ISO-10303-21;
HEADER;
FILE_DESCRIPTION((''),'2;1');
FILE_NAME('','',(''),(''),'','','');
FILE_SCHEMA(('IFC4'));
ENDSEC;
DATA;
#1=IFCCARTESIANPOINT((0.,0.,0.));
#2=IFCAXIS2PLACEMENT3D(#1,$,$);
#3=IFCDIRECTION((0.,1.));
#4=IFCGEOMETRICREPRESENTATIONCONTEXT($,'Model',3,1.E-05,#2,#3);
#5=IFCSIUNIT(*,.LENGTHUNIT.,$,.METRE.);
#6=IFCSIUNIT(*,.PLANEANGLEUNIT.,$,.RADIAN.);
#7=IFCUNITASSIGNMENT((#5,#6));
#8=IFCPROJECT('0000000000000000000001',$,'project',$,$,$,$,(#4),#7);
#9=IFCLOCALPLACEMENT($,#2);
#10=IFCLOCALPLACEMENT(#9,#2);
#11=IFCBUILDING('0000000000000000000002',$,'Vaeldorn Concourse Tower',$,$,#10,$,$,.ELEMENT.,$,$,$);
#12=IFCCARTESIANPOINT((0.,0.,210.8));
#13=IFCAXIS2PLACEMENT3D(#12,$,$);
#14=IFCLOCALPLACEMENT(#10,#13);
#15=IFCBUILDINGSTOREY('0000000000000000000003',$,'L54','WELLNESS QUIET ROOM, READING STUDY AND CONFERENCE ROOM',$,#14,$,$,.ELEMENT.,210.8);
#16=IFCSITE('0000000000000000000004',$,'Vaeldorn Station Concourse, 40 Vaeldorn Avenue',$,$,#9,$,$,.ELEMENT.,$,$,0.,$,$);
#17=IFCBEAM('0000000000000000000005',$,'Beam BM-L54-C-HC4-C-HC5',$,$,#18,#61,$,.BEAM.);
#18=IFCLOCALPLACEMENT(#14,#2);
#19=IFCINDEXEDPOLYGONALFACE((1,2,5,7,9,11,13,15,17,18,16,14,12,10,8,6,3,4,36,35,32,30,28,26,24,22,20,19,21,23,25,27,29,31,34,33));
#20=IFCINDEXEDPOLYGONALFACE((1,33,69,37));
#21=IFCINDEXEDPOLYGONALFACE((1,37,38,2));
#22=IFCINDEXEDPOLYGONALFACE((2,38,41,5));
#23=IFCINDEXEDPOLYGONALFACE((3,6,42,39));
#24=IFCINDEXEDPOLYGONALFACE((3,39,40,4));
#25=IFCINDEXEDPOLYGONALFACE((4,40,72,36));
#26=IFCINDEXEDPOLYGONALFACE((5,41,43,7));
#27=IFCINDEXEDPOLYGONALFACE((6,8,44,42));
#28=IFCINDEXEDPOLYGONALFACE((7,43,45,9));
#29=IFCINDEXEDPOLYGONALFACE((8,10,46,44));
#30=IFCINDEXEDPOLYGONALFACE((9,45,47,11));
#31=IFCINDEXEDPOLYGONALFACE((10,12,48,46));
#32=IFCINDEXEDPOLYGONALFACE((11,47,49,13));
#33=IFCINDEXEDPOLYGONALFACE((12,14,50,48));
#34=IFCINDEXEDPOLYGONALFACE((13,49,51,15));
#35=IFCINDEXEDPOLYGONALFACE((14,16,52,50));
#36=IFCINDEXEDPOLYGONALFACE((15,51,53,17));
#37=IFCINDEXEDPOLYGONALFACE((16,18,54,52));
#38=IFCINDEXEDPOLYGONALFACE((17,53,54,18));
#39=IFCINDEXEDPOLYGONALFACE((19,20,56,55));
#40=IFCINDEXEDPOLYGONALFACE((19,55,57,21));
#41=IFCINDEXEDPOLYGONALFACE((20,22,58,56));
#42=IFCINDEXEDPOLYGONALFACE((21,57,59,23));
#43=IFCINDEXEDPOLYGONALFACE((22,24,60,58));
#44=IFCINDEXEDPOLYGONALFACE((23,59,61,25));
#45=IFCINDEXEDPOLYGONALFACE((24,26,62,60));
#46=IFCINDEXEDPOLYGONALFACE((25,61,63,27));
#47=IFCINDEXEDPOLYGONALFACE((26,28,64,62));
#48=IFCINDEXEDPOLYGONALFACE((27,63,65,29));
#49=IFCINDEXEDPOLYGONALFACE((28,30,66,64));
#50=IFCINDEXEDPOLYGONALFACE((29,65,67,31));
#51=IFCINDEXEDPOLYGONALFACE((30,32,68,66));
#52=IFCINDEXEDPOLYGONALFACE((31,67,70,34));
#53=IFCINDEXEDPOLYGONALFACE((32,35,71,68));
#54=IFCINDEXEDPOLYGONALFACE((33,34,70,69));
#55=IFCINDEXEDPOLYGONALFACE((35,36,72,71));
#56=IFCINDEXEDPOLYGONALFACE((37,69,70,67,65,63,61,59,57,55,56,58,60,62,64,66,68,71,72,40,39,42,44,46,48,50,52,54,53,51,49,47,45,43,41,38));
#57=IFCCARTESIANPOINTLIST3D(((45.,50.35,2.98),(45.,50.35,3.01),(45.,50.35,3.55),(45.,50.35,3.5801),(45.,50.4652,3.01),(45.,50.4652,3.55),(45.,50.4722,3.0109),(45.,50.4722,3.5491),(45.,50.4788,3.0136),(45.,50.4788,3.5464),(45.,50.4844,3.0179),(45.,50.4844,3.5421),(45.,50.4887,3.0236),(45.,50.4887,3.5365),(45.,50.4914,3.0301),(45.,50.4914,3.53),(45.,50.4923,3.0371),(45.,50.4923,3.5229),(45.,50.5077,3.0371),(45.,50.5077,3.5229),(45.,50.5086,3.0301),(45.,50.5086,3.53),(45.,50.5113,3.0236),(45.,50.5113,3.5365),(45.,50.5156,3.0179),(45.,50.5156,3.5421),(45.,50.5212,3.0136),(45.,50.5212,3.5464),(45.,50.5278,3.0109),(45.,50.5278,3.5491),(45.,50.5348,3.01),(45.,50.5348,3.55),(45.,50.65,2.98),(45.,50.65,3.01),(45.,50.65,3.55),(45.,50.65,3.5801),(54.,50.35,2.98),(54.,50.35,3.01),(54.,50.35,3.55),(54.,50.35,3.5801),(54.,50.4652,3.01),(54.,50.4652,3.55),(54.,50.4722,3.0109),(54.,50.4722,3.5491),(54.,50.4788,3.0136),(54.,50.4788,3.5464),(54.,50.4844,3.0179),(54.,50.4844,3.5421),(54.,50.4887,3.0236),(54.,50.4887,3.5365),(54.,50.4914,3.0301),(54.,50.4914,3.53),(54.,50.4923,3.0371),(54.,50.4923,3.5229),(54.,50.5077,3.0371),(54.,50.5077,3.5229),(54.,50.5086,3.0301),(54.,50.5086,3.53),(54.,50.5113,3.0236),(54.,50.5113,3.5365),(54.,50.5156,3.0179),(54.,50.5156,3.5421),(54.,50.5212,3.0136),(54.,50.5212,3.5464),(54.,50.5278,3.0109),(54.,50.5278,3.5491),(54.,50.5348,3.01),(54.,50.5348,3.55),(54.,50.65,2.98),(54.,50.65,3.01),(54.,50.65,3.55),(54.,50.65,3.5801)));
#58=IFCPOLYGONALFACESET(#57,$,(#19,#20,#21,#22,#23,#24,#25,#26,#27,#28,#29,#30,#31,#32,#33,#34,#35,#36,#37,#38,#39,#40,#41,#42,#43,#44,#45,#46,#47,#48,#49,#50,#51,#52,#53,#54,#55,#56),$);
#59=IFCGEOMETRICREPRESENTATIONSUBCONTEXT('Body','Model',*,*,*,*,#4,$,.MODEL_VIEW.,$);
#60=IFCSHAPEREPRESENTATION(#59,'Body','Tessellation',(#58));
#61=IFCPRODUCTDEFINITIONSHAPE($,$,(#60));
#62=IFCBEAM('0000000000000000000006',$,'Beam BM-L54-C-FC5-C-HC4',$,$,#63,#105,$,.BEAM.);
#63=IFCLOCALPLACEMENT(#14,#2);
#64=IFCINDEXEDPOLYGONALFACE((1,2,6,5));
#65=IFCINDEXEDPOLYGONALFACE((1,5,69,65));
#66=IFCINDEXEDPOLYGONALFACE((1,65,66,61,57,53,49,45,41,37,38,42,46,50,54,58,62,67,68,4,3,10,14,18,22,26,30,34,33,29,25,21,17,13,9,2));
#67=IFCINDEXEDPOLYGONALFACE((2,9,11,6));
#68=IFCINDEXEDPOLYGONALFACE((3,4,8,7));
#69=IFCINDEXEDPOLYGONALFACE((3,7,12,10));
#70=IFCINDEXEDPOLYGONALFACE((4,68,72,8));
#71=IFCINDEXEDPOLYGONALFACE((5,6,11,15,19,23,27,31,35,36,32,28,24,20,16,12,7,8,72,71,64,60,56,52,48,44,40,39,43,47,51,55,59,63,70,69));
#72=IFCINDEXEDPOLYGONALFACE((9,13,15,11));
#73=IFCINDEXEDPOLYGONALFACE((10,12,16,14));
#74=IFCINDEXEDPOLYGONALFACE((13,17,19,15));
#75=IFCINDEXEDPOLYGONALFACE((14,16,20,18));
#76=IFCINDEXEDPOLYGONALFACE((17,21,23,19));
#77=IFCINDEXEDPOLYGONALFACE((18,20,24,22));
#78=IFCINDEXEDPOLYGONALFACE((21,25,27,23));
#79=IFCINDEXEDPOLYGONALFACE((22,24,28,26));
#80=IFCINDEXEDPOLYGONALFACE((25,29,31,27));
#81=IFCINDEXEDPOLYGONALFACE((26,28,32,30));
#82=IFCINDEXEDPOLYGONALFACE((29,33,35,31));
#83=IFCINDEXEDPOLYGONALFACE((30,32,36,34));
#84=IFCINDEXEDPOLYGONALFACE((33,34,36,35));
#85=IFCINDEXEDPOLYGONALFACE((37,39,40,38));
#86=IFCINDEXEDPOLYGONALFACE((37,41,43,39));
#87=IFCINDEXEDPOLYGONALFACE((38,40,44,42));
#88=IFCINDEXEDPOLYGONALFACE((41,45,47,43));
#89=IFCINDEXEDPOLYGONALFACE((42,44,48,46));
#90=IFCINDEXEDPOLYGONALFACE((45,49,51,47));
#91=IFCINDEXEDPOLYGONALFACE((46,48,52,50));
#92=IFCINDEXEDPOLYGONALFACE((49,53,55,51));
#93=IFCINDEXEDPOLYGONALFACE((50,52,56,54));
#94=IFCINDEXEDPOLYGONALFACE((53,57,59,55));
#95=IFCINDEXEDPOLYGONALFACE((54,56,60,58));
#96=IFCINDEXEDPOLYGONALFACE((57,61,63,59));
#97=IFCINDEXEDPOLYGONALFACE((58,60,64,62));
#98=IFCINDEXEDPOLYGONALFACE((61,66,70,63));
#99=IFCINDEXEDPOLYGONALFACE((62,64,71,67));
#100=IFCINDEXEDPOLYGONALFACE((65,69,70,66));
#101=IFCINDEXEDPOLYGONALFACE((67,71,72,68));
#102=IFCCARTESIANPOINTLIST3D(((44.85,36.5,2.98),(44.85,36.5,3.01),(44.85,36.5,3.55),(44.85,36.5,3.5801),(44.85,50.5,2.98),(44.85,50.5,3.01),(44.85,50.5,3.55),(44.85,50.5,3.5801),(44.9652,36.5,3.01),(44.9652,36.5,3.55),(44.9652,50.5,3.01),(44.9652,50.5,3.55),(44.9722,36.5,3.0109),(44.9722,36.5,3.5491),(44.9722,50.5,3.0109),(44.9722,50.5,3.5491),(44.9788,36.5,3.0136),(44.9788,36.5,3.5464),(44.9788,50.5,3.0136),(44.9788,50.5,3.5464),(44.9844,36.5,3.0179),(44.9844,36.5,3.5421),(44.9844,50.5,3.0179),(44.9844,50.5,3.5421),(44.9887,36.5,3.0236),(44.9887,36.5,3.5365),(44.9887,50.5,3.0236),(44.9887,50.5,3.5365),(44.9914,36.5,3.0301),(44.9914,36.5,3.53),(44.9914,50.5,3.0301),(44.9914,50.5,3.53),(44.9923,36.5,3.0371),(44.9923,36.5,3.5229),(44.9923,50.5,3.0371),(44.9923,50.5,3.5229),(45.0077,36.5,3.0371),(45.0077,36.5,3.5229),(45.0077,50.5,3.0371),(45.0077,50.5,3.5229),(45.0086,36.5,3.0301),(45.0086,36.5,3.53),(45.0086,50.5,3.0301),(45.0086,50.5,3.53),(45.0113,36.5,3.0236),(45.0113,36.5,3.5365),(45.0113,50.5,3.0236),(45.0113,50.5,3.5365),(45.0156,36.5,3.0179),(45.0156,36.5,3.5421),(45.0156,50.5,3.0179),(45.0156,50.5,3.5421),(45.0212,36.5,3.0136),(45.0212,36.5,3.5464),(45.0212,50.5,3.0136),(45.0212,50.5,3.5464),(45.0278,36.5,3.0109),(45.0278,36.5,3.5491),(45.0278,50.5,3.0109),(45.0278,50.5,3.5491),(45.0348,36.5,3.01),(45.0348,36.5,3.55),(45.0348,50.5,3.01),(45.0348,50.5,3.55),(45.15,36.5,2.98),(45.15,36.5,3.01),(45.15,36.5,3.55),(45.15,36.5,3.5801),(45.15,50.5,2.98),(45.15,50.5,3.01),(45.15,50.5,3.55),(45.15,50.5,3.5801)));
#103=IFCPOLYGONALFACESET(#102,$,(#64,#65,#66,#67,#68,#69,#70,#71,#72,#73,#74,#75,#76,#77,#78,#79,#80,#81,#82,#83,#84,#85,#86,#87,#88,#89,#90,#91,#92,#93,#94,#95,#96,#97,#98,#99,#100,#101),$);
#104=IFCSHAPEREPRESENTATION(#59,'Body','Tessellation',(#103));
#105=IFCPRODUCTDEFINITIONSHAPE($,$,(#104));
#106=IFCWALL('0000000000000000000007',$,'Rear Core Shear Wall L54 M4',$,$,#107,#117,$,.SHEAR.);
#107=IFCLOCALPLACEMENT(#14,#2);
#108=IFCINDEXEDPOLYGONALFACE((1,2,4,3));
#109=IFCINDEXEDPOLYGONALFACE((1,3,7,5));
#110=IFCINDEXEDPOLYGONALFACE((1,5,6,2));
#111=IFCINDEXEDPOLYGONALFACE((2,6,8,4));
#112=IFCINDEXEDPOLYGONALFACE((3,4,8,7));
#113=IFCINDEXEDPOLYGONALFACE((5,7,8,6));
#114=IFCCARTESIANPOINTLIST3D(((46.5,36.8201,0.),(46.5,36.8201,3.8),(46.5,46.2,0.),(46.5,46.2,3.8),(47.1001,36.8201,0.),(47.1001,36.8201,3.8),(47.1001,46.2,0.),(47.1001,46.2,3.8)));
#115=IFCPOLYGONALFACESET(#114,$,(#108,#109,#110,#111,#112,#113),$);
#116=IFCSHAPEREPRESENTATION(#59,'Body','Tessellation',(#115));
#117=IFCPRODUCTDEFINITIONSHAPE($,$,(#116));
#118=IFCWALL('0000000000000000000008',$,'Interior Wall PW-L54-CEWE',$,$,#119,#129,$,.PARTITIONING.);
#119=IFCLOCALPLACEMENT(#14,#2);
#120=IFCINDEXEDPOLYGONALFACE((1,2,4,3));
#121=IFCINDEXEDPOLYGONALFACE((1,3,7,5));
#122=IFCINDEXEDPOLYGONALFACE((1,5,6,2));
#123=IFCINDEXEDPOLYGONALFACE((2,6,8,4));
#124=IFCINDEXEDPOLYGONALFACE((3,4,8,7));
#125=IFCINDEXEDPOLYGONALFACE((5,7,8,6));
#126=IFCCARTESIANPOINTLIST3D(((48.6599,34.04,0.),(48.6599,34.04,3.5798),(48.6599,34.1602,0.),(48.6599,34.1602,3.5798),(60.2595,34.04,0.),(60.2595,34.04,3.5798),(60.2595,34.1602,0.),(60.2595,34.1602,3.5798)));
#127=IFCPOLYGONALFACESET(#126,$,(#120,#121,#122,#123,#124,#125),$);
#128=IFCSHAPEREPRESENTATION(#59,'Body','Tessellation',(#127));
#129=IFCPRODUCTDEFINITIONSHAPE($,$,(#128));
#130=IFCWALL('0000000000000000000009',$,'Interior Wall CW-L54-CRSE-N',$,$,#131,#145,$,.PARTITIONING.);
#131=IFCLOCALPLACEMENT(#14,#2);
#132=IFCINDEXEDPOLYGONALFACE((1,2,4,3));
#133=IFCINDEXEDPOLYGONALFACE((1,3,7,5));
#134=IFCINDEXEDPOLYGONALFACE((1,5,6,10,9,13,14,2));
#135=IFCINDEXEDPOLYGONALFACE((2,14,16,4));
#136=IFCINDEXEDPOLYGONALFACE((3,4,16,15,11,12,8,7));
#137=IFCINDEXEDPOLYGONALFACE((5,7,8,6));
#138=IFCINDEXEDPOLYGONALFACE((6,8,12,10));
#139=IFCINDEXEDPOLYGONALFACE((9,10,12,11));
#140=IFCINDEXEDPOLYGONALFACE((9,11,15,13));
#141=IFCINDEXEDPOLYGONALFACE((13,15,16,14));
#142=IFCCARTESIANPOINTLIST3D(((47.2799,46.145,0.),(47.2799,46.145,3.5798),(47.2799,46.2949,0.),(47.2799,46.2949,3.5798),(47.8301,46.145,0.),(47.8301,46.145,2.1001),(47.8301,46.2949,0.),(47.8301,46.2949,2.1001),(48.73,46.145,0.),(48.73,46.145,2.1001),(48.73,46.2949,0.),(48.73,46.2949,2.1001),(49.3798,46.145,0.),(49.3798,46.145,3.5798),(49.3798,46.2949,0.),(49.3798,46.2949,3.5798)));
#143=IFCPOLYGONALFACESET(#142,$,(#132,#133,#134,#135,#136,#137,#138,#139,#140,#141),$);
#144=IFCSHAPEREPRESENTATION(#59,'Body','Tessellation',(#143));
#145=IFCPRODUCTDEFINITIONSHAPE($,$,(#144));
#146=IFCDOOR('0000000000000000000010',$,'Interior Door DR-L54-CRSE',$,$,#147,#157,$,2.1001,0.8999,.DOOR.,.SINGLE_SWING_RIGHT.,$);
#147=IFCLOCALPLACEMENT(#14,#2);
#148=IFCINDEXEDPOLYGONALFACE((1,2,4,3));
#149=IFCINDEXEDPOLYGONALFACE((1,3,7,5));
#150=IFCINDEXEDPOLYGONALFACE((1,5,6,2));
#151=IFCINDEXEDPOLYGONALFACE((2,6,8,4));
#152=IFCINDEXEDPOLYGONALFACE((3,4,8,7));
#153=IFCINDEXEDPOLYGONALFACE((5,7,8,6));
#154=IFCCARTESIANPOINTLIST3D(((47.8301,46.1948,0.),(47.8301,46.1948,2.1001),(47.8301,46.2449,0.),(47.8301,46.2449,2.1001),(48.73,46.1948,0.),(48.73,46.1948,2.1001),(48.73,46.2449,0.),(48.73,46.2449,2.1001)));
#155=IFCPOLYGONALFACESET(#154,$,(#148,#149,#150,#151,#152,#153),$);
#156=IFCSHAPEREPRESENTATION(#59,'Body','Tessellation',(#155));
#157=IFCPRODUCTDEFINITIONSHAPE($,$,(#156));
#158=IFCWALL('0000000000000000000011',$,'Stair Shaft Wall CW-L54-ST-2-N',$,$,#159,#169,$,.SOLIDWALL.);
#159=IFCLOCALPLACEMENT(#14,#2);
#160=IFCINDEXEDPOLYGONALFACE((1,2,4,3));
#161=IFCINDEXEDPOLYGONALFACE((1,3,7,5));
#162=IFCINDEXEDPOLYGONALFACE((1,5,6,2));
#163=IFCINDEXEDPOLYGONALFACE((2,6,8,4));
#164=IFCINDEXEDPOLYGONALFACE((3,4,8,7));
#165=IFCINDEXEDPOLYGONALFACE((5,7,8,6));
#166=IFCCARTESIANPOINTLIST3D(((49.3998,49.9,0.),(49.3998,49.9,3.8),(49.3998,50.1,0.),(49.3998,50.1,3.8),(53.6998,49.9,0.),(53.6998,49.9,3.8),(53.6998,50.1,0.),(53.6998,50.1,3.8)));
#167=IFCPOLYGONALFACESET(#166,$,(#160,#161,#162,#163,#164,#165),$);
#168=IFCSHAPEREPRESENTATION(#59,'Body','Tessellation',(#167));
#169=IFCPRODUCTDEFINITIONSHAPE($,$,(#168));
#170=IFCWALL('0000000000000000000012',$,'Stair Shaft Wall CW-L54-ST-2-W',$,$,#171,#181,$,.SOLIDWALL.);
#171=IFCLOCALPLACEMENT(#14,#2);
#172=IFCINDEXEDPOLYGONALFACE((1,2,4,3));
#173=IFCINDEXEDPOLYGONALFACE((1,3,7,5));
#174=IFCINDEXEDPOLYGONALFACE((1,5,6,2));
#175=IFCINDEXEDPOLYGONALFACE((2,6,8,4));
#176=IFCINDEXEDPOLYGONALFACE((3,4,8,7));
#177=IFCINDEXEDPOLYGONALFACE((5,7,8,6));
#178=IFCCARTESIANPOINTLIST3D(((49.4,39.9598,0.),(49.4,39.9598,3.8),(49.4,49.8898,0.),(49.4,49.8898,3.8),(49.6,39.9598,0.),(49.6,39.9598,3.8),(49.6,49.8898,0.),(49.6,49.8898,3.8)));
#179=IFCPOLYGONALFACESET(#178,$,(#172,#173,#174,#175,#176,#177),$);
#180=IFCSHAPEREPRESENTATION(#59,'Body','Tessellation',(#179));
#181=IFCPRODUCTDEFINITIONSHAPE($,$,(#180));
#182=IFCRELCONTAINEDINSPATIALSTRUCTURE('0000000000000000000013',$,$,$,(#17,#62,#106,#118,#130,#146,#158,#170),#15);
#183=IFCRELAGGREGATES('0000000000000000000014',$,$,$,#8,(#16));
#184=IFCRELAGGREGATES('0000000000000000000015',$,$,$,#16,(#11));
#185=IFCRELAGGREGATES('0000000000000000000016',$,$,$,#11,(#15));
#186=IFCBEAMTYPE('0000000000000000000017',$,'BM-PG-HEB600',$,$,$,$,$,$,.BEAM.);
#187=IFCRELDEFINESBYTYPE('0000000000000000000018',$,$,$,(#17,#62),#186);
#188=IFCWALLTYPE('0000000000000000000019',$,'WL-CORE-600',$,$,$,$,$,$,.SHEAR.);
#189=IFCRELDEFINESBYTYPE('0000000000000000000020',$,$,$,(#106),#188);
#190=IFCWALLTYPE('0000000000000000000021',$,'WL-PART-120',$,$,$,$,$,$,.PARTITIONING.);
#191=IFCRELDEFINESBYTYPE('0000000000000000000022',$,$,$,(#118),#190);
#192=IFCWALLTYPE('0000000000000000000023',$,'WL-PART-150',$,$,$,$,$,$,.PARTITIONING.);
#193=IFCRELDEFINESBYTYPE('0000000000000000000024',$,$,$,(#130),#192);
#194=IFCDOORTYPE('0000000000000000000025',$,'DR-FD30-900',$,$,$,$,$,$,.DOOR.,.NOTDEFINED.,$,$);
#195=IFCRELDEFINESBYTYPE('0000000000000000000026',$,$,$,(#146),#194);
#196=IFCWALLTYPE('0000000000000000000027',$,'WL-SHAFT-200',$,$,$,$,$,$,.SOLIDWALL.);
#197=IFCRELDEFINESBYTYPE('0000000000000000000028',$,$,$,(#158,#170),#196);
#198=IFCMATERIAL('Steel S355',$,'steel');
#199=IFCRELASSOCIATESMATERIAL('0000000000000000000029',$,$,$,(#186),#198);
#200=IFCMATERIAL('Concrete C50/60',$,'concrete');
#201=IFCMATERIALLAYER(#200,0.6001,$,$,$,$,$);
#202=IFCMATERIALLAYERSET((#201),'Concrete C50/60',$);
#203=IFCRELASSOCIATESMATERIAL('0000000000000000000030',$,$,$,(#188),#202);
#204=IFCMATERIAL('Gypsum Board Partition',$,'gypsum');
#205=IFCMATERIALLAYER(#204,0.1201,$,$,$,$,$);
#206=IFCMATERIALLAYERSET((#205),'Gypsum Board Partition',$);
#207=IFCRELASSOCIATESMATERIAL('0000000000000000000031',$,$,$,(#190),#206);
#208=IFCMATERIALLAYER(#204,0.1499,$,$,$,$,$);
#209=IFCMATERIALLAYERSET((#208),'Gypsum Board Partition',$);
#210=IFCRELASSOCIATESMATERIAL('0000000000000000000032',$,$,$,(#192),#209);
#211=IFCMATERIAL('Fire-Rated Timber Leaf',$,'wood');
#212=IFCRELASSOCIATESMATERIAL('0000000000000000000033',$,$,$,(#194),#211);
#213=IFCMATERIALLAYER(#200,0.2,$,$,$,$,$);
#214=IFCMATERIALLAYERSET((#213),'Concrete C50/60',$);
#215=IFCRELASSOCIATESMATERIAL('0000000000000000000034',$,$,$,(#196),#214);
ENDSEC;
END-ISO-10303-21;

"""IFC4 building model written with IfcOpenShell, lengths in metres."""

from ifc_helpers import new_model, si_unit, direction, frame, frame_2d, origin, origin_2d, place, context, subcontext, project, spatial, rectangle, i_section, extrude, source, transform, mapped, material, layer, layer_set, material_profile, profile_set, type_object, element, fill, save


model = new_model("IFC4")

# Units and contexts
model_context = context("Model", 3, precision=1e-05, world=origin(), true_north=direction((0.0, 1.0)))
body_context = subcontext(model_context, "Body", "Model", "MODEL_VIEW")
ifc_project = project(units=[si_unit("LENGTHUNIT", "METRE"), si_unit("PLANEANGLEUNIT", "RADIAN")], contexts=[model_context])

# Site, building, storey
site_placement = place(None, origin())
site = spatial("IfcSite", under=ifc_project, at=site_placement, Name="Vaeldorn Station Concourse, 40 Vaeldorn Avenue", CompositionType="ELEMENT", RefElevation=0.0)
building_placement = place(site_placement, origin())
building = spatial("IfcBuilding", under=site, at=building_placement, Name="Vaeldorn Concourse Tower", CompositionType="ELEMENT")
storey_placement = place(building_placement, frame((0.0, 0.0, 210.8)))
storey = spatial("IfcBuildingStorey", under=building, at=storey_placement, Name="L54", Description="WELLNESS QUIET ROOM, READING STUDY AND CONFERENCE ROOM", CompositionType="ELEMENT", Elevation=210.8)

# Beams
ifc_material_1 = material(Name="Concrete C50/60", Category="concrete")
ifc_material_2 = material(Name="Steel S355", Category="steel")
ifc_material_profile_1 = material_profile(ifc_material_2, i_section(OverallWidth=0.3, OverallDepth=0.6001, WebThickness=0.0154, FlangeThickness=0.03, FilletRadius=0.0271, at=origin_2d()), Name="HEB 600")
ifc_profile_set_1 = profile_set([ifc_material_profile_1], Name="Steel S355")
beam_type_1 = type_object("IfcBeamType", Name="BM-PG-HEB600", PredefinedType="BEAM", material=ifc_profile_set_1)
shared_shape_1 = source(origin(), body_context, "Body", "SweptSolid", [
    extrude(i_section(OverallWidth=0.3, OverallDepth=0.6001, WebThickness=0.0154, FlangeThickness=0.03, FilletRadius=0.0271, at=origin_2d()), origin(), (0.0, 0.0, 1.0), 9.0),
])
beam_1_placement = place(storey_placement, frame((45.0, 50.5, 3.28), z_axis=(1.0, 0.0, 0.0), x_axis=(0.0, 1.0, 0.0)))
element("IfcBeam", 1, at=beam_1_placement, inside=storey, type_object=beam_type_1, Name="Beam BM-L54-C-HC4-C-HC5", PredefinedType="BEAM", context=body_context, shape_type="MappedRepresentation", body=[
    mapped(shared_shape_1, transform((0.0, 0.0, 0.0), scale=1.0)),
])
shared_shape_2 = source(origin(), body_context, "Body", "SweptSolid", [
    extrude(i_section(OverallWidth=0.3, OverallDepth=0.6001, WebThickness=0.0154, FlangeThickness=0.03, FilletRadius=0.0271, at=origin_2d()), origin(), (0.0, 0.0, 1.0), 14.0),
])
beam_2_placement = place(storey_placement, frame((45.0, 36.5, 3.28), z_axis=(0.0, 1.0, 0.0), x_axis=(-1.0, 0.0, 0.0)))
element("IfcBeam", 2, at=beam_2_placement, inside=storey, type_object=beam_type_1, Name="Beam BM-L54-C-FC5-C-HC4", PredefinedType="BEAM", context=body_context, shape_type="MappedRepresentation", body=[
    mapped(shared_shape_2, transform((0.0, 0.0, 0.0), scale=1.0)),
])

# Walls
ifc_layer_1 = layer(ifc_material_1, 0.6001)
ifc_layer_set_1 = layer_set([ifc_layer_1], Name="Concrete C50/60")
wall_type_1 = type_object("IfcWallType", Name="WL-CORE-600", PredefinedType="SHEAR", material=ifc_layer_set_1)
wall_1_placement = place(storey_placement, frame((46.8, 36.8201, 0.0), z_axis=(0.0, 0.0, 1.0), x_axis=(0.0, 1.0, 0.0)))
element("IfcWall", 3, at=wall_1_placement, inside=storey, type_object=wall_type_1, Name="Rear Core Shear Wall L54 M4", PredefinedType="SHEAR", context=body_context, shape_type="SweptSolid", body=[
    extrude(rectangle(XDim=9.3799, YDim=0.6001, at=frame_2d((4.6899, 0.0))), origin(), (0.0, 0.0, 1.0), 3.8),
])
ifc_material_3 = material(Name="Gypsum Board Partition", Category="gypsum")
ifc_layer_2 = layer(ifc_material_3, 0.1201)
ifc_layer_set_2 = layer_set([ifc_layer_2], Name="Gypsum Board Partition")
wall_type_2 = type_object("IfcWallType", Name="WL-PART-120", PredefinedType="PARTITIONING", material=ifc_layer_set_2)
wall_2_placement = place(storey_placement, frame((48.6599, 34.1001, 0.0), z_axis=(0.0, 0.0, 1.0), x_axis=(1.0, 0.0, 0.0)))
element("IfcWall", 4, at=wall_2_placement, inside=storey, type_object=wall_type_2, Name="Interior Wall PW-L54-CEWE", PredefinedType="PARTITIONING", context=body_context, shape_type="SweptSolid", body=[
    extrude(rectangle(XDim=11.5996, YDim=0.1201, at=frame_2d((5.7998, 0.0))), origin(), (0.0, 0.0, 1.0), 3.5798),
])

# Wall, opening, door
ifc_layer_3 = layer(ifc_material_3, 0.1499)
ifc_layer_set_3 = layer_set([ifc_layer_3], Name="Gypsum Board Partition")
wall_type_3 = type_object("IfcWallType", Name="WL-PART-150", PredefinedType="PARTITIONING", material=ifc_layer_set_3)
wall_3_placement = place(storey_placement, frame((47.28, 46.22, 0.0), z_axis=(0.0, 0.0, 1.0), x_axis=(1.0, 0.0, 0.0)))
wall_3 = element("IfcWall", 5, at=wall_3_placement, inside=storey, type_object=wall_type_3, Name="Interior Wall CW-L54-CRSE-N", PredefinedType="PARTITIONING", context=body_context, shape_type="SweptSolid", body=[
    extrude(rectangle(XDim=2.0999, YDim=0.1499, at=frame_2d((1.0498, 0.0))), origin(), (0.0, 0.0, 1.0), 3.5798),
])
opening_1_placement = place(wall_3_placement, frame((0.55, 0.0, 0.0)))
opening_1 = element("IfcOpeningElement", 6, at=opening_1_placement, cuts=wall_3, PredefinedType="OPENING", context=body_context, shape_type="SweptSolid", body=[
    extrude(rectangle(XDim=0.8999, YDim=2.1001, at=frame_2d((0.45, 1.05))), frame((0.0, 0.085, 0.0), z_axis=(0.0, -1.0, 0.0), x_axis=(1.0, 0.0, 0.0)), (0.0, 0.0, 1.0), 0.1699),
])
ifc_material_4 = material(Name="Fire-Rated Timber Leaf", Category="wood")
door_type_1 = type_object("IfcDoorType", Name="DR-FD30-900", OperationType="NOTDEFINED", PredefinedType="DOOR", material=ifc_material_4)
shared_shape_3 = source(origin(), body_context, "Body", "SweptSolid", [
    extrude(rectangle(XDim=0.8999, YDim=2.1001, at=frame_2d((0.45, 1.05))), frame((0.0, 0.0249, 0.0), z_axis=(0.0, -1.0, 0.0), x_axis=(1.0, 0.0, 0.0)), (0.0, 0.0, 1.0), 0.05),
])
door_1_placement = place(opening_1_placement, origin())
door_1 = element("IfcDoor", 7, at=door_1_placement, inside=storey, type_object=door_type_1, Name="Interior Door DR-L54-CRSE", OperationType="SINGLE_SWING_RIGHT", OverallHeight=2.1001, OverallWidth=0.8999, PredefinedType="DOOR", context=body_context, shape_type="MappedRepresentation", body=[
    mapped(shared_shape_3, transform((0.0, 0.0, 0.0), scale=1.0)),
])
fill(opening_1, door_1)
ifc_layer_4 = layer(ifc_material_1, 0.2)
ifc_layer_set_4 = layer_set([ifc_layer_4], Name="Concrete C50/60")
wall_type_4 = type_object("IfcWallType", Name="WL-SHAFT-200", PredefinedType="SOLIDWALL", material=ifc_layer_set_4)

# Walls
wall_4_placement = place(storey_placement, frame((49.3999, 50.0, 0.0), z_axis=(0.0, 0.0, 1.0), x_axis=(1.0, 0.0, 0.0)))
element("IfcWall", 8, at=wall_4_placement, inside=storey, type_object=wall_type_4, Name="Stair Shaft Wall CW-L54-ST-2-N", PredefinedType="SOLIDWALL", context=body_context, shape_type="SweptSolid", body=[
    extrude(rectangle(XDim=4.3, YDim=0.2, at=frame_2d((2.1499, 0.0))), origin(), (0.0, 0.0, 1.0), 3.8),
])
wall_5_placement = place(storey_placement, frame((49.5, 39.96, 0.0), z_axis=(0.0, 0.0, 1.0), x_axis=(0.0, 1.0, 0.0)))
element("IfcWall", 9, at=wall_5_placement, inside=storey, type_object=wall_type_4, Name="Stair Shaft Wall CW-L54-ST-2-W", PredefinedType="SOLIDWALL", context=body_context, shape_type="SweptSolid", body=[
    extrude(rectangle(XDim=9.9299, YDim=0.2, at=frame_2d((4.9648, 0.0))), origin(), (0.0, 0.0, 1.0), 3.8),
])

save(model, "model.ifc")
